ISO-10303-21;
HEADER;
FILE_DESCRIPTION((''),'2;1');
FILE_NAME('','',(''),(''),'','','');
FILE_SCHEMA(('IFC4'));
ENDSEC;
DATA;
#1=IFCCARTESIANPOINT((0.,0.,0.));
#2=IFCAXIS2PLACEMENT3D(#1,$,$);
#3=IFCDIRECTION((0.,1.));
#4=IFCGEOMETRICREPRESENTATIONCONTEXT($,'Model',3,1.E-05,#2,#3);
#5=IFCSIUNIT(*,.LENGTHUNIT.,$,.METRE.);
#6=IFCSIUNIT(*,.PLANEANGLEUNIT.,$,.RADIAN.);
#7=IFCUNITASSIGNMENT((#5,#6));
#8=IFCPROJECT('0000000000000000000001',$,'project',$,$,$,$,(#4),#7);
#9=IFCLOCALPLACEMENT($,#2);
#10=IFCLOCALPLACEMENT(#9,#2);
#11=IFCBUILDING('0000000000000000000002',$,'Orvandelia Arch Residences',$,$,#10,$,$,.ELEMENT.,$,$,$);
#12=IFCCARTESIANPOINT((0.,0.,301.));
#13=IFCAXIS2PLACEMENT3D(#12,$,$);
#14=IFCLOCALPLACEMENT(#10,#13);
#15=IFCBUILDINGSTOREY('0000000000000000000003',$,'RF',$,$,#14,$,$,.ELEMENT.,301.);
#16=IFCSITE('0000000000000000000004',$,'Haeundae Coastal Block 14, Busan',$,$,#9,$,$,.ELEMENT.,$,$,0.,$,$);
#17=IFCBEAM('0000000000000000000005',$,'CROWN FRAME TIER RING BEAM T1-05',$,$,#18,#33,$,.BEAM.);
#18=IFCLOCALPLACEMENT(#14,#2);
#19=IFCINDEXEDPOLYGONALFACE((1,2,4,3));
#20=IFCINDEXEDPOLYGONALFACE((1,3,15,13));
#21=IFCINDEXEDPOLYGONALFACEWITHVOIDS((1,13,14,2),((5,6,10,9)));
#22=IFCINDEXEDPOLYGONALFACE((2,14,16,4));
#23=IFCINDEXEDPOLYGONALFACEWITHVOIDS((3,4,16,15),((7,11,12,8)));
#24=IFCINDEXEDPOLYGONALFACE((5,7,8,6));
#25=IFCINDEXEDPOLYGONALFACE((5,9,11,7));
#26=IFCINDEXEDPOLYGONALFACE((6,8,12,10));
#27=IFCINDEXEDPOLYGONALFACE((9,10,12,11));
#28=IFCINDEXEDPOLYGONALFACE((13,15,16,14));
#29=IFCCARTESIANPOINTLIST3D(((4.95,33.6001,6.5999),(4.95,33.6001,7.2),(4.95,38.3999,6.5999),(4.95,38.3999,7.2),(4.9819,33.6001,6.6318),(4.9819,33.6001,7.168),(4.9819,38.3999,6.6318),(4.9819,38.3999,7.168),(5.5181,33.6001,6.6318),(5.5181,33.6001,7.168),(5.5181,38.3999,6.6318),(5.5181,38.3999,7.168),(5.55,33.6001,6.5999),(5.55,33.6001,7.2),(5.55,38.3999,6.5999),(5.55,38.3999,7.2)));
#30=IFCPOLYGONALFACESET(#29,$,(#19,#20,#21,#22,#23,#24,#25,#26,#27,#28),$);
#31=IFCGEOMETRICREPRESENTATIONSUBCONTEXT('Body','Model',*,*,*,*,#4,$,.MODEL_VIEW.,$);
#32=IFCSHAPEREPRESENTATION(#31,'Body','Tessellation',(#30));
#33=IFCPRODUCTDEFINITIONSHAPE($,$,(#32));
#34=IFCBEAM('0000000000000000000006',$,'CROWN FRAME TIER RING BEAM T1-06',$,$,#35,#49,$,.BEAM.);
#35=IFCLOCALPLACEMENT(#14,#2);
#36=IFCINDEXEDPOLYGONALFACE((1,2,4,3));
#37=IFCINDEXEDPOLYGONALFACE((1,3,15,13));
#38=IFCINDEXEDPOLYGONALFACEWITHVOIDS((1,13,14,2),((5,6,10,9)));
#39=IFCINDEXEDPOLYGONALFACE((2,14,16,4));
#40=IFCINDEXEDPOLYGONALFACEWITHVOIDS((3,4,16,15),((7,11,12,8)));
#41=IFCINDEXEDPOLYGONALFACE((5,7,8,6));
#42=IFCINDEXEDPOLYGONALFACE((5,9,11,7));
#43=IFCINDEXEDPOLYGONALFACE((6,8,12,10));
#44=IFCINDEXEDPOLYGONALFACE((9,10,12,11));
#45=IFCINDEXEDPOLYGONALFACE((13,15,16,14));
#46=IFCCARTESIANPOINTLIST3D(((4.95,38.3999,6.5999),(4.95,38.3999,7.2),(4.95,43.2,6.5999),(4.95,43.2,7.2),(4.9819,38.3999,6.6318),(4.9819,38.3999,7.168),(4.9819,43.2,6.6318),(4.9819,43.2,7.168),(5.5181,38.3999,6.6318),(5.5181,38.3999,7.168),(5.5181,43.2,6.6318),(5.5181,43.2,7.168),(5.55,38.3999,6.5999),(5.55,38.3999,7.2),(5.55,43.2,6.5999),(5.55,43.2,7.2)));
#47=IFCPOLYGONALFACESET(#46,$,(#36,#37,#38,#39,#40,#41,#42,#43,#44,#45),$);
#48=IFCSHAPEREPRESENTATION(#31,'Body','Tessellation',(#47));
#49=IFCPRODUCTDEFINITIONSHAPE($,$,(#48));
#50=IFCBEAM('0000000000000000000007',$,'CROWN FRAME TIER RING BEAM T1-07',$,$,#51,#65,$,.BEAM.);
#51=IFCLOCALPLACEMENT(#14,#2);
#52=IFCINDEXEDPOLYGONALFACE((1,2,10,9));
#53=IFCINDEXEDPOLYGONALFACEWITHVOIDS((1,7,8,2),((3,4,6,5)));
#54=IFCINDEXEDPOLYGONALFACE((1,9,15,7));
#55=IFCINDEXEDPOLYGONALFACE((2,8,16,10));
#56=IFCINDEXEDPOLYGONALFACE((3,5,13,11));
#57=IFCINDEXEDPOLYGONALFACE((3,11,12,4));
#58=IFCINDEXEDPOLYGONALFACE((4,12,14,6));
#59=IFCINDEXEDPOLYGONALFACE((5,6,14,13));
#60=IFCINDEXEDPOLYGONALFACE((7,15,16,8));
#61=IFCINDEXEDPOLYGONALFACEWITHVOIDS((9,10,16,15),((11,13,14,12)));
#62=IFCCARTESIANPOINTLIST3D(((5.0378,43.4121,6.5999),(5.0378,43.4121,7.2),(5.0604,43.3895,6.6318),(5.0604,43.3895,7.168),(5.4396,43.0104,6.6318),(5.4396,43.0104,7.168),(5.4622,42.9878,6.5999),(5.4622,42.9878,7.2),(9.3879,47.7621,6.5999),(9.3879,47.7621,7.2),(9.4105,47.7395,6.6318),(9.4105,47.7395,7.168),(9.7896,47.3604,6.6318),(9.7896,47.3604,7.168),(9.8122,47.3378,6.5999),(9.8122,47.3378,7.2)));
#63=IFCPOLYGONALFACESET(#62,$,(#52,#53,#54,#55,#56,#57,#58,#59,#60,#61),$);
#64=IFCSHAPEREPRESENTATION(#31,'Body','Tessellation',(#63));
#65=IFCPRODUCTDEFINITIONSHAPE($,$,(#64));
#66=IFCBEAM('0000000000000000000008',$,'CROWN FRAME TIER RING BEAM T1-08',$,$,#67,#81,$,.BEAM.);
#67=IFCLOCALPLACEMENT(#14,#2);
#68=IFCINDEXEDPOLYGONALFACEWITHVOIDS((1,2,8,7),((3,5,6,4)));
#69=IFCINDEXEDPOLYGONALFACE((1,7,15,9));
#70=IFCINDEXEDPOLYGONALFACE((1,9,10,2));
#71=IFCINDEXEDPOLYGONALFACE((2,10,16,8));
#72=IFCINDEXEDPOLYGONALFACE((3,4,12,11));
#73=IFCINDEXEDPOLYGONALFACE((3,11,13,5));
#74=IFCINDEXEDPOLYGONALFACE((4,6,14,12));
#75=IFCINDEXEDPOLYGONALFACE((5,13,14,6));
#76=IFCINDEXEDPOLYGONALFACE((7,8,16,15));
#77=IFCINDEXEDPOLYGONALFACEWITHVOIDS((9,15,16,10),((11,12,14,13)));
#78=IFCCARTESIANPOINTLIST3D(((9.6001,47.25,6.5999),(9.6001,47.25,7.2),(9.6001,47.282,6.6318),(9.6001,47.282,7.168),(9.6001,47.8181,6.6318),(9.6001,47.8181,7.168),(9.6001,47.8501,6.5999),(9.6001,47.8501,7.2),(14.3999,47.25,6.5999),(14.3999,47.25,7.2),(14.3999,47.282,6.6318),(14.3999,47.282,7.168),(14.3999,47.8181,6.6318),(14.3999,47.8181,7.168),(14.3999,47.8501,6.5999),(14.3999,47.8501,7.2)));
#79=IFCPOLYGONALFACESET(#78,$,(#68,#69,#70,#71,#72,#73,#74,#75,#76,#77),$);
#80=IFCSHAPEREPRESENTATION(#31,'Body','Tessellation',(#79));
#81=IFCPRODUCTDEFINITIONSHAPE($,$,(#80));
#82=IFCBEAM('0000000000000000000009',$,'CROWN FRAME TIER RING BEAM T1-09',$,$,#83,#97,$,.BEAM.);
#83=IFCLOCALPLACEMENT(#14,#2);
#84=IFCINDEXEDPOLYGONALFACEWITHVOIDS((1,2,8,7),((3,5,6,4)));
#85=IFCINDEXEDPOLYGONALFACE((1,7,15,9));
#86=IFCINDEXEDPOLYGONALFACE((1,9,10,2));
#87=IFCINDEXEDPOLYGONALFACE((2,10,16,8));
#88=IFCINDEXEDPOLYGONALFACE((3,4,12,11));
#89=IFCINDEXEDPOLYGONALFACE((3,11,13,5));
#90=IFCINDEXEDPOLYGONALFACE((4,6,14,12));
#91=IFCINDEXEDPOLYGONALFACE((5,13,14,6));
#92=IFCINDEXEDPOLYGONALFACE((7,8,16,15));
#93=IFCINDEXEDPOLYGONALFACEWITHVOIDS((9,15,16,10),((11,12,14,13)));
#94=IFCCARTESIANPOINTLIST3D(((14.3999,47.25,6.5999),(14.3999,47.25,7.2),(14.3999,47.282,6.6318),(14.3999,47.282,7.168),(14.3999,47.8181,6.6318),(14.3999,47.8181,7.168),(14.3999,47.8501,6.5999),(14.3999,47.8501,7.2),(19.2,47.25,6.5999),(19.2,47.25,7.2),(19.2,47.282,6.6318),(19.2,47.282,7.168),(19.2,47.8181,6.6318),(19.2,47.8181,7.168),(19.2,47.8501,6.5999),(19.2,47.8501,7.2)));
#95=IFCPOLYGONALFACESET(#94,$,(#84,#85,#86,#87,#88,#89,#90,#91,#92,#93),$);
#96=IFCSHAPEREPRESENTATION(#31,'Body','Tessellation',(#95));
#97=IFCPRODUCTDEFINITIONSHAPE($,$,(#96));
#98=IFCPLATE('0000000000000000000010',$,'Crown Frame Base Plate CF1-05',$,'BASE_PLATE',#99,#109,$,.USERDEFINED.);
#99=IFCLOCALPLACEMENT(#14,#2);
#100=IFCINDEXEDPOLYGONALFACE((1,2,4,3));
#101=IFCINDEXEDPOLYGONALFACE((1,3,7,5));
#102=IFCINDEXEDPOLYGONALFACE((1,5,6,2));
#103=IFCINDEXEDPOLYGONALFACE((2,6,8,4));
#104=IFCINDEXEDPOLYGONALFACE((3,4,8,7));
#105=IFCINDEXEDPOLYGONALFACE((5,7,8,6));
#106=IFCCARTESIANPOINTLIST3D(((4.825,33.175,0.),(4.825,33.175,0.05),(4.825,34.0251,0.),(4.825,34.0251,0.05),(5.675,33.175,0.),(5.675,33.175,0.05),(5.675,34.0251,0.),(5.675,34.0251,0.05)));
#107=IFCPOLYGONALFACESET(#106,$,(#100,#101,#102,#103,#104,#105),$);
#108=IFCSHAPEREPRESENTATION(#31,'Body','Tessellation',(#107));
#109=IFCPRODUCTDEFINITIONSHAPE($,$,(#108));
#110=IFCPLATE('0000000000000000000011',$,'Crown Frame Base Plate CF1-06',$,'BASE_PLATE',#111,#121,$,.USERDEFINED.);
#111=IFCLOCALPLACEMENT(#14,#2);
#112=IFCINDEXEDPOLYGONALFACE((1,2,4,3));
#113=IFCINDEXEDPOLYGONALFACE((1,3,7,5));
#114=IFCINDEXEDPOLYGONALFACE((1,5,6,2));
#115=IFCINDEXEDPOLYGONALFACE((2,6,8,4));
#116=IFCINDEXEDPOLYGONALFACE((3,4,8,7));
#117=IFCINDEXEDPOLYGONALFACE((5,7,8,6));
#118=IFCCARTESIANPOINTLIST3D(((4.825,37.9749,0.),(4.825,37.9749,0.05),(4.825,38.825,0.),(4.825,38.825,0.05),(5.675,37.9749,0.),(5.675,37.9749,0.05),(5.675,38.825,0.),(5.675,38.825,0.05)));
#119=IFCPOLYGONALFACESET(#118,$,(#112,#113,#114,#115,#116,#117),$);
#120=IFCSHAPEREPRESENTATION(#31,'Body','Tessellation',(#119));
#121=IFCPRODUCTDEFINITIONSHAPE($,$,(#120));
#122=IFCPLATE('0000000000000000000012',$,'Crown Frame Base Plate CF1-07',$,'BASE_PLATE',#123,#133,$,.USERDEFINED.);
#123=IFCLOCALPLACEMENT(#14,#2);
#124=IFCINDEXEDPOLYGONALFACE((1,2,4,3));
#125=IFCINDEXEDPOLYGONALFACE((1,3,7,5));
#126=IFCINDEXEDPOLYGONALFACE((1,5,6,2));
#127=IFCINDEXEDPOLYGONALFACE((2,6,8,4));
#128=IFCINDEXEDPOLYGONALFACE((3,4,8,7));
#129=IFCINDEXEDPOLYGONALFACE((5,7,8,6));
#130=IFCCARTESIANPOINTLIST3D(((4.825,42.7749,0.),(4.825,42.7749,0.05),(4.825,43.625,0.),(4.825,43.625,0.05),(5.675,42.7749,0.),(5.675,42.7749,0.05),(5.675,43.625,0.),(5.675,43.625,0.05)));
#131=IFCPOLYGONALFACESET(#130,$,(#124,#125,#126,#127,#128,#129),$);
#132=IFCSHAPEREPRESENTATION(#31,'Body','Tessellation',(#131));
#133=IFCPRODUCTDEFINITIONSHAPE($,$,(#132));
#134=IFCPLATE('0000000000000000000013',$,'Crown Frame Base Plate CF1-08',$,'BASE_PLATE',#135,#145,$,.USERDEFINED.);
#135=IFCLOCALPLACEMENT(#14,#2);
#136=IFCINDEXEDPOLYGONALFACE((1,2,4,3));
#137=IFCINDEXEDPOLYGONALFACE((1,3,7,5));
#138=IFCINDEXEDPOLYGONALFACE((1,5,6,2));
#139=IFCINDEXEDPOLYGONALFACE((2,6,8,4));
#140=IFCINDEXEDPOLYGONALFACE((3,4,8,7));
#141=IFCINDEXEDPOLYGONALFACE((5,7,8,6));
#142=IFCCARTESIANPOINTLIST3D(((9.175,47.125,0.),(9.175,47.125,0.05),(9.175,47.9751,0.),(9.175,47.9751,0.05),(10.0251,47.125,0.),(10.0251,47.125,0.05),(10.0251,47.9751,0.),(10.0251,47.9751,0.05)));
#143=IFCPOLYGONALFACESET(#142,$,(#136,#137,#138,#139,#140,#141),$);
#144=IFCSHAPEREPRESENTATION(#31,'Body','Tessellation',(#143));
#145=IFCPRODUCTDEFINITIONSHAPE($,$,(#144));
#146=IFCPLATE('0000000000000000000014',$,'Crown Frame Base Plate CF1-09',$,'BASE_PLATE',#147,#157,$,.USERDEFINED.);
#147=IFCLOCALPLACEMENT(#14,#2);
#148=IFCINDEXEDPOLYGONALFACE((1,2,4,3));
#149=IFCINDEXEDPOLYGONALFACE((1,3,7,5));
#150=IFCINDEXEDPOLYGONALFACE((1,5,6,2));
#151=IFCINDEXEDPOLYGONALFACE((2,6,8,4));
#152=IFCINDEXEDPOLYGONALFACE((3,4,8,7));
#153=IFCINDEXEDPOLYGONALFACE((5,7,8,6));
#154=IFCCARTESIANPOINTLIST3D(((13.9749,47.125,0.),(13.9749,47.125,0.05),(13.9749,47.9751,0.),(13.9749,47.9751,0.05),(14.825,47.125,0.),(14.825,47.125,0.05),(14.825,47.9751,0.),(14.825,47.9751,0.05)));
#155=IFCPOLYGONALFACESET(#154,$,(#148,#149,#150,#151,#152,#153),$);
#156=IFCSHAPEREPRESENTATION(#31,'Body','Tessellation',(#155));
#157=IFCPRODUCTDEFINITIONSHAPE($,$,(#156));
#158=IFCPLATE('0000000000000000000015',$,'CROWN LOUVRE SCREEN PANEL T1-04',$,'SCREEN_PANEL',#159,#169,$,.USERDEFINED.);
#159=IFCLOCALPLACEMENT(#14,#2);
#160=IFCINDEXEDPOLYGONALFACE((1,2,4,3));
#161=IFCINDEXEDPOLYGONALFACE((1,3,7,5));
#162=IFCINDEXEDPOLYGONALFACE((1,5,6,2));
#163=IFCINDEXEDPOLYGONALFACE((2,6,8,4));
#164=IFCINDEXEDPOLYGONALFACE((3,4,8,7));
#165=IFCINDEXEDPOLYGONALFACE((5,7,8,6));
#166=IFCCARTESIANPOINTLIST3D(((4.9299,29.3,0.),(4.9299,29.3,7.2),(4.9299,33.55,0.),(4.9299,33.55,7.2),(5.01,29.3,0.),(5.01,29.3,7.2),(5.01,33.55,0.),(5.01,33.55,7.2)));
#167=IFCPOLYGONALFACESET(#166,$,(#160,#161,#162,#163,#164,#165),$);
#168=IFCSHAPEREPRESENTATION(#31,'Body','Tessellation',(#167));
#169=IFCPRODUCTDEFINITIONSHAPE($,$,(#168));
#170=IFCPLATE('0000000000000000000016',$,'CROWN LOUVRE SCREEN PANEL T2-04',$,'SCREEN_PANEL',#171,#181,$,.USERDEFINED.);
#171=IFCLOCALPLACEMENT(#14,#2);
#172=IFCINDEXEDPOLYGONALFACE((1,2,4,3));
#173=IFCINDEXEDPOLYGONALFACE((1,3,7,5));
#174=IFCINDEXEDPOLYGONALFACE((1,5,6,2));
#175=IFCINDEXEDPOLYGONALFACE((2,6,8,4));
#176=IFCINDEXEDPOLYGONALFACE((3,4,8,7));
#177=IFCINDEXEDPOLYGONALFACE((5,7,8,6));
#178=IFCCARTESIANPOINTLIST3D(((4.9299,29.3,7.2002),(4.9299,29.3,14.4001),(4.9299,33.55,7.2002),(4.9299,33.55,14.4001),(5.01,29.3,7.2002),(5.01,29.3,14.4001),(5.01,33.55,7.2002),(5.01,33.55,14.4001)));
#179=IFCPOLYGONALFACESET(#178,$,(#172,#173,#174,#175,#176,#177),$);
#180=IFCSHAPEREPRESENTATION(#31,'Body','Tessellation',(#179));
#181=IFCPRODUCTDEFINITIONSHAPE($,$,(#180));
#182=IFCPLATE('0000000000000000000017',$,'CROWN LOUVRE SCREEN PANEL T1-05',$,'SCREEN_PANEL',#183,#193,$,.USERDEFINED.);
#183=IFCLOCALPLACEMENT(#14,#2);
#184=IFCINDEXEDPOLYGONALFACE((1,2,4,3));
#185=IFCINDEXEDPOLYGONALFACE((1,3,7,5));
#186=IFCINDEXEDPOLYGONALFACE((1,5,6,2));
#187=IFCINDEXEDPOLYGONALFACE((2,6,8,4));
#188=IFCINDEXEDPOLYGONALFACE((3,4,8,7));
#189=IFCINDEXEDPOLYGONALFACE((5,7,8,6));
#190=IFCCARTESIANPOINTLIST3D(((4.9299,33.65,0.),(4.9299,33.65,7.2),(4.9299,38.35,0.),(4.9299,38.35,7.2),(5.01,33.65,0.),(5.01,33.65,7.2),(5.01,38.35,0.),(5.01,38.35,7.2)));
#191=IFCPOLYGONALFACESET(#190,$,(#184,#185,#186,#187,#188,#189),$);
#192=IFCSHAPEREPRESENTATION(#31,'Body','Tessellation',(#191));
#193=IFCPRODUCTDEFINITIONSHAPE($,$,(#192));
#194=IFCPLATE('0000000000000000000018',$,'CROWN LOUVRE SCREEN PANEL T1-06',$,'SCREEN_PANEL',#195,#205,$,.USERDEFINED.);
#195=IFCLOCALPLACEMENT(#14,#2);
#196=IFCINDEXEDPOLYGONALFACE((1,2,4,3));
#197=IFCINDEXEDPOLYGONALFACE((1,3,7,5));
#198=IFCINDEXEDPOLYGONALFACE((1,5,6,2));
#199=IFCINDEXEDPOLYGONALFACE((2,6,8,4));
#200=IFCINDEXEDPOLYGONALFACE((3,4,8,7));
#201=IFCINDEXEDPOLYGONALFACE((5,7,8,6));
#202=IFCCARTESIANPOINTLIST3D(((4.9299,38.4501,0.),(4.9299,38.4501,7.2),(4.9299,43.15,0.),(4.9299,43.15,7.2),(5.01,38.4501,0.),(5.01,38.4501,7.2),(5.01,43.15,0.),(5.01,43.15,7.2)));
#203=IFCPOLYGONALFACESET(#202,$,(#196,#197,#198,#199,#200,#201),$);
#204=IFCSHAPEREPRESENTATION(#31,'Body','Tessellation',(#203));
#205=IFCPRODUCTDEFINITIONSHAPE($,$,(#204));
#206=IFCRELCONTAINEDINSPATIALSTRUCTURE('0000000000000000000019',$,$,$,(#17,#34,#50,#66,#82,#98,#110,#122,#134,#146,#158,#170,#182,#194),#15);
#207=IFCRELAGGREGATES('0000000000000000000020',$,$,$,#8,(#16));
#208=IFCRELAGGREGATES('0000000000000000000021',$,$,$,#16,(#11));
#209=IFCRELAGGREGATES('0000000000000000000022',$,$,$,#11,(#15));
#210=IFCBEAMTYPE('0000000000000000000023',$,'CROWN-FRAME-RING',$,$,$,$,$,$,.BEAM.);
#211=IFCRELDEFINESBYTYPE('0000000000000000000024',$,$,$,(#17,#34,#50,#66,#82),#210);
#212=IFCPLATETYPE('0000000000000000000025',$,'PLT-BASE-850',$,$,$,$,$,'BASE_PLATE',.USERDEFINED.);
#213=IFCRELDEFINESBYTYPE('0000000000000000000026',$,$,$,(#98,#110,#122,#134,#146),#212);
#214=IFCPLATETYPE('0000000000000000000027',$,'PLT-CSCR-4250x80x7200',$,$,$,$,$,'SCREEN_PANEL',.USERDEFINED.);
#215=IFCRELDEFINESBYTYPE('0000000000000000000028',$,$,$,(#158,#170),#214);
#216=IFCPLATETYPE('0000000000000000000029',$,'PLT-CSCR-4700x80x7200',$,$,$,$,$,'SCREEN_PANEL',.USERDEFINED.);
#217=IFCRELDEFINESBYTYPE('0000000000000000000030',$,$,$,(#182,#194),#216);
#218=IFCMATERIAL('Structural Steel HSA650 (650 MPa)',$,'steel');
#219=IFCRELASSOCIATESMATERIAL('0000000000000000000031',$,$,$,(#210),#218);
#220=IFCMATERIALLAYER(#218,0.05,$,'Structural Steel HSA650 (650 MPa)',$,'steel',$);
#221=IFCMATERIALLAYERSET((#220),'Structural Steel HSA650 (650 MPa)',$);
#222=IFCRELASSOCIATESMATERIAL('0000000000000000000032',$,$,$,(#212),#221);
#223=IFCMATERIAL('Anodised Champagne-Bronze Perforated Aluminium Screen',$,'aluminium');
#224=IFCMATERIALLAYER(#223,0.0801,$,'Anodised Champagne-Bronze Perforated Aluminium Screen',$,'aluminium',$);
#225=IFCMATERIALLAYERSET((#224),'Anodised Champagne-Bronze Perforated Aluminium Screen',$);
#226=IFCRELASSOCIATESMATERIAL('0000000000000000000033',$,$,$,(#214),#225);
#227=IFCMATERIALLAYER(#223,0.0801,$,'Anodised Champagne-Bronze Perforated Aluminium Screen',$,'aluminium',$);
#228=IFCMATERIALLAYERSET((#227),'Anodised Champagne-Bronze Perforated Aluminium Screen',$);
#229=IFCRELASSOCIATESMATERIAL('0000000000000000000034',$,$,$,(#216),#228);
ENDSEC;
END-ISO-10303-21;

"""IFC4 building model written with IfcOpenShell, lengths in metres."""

from ifc_helpers import new_model, si_unit, direction, frame, origin, origin_2d, place, context, subcontext, project, spatial, rectangle, hollow_rectangle, extrude, material, layer, layer_set, material_profile, profile_set, type_object, element, save


model = new_model("IFC4")

# Units and contexts
model_context = context("Model", 3, precision=1e-05, world=origin(), true_north=direction((0.0, 1.0)))
body_context = subcontext(model_context, "Body", "Model", "MODEL_VIEW")
ifc_project = project(units=[si_unit("LENGTHUNIT", "METRE"), si_unit("PLANEANGLEUNIT", "RADIAN")], contexts=[model_context])

# Site, building, storey
site_placement = place(None, origin())
site = spatial("IfcSite", under=ifc_project, at=site_placement, Name="Haeundae Coastal Block 14, Busan", CompositionType="ELEMENT", RefElevation=0.0)
building_placement = place(site_placement, origin())
building = spatial("IfcBuilding", under=site, at=building_placement, Name="Orvandelia Arch Residences", CompositionType="ELEMENT")
storey_placement = place(building_placement, frame((0.0, 0.0, 301.0)))
storey = spatial("IfcBuildingStorey", under=building, at=storey_placement, Name="RF", CompositionType="ELEMENT", Elevation=301.0)

# Shared definitions
ifc_material_1 = material(Name="Structural Steel HSA650 (650 MPa)", Category="steel")

# Beams
ifc_material_profile_1 = material_profile(ifc_material_1, hollow_rectangle(XDim=0.6001, YDim=0.6001, WallThickness=0.032, at=origin_2d()), Name="Structural Steel HSA650 (650 MPa)", Category="steel")
ifc_profile_set_1 = profile_set([ifc_material_profile_1], Name="Structural Steel HSA650 (650 MPa)")
beam_type = type_object("IfcBeamType", Name="CROWN-FRAME-RING", PredefinedType="BEAM", material=ifc_profile_set_1)
beam_1_placement = place(storey_placement, frame((5.25, 33.6001, 6.8999), z_axis=(0.0, 1.0, 0.0), x_axis=(-1.0, 0.0, 0.0)))
element("IfcBeam", 1, at=beam_1_placement, inside=storey, type_object=beam_type, Name="CROWN FRAME TIER RING BEAM T1-05", PredefinedType="BEAM", context=body_context, shape_type="SweptSolid", body=[
    extrude(hollow_rectangle(XDim=0.6001, YDim=0.6001, WallThickness=0.032, at=origin_2d()), origin(), (0.0, 0.0, 1.0), 4.7998),
])
beam_2_placement = place(storey_placement, frame((5.25, 38.3999, 6.8999), z_axis=(0.0, 1.0, 0.0), x_axis=(-1.0, 0.0, 0.0)))
element("IfcBeam", 2, at=beam_2_placement, inside=storey, type_object=beam_type, Name="CROWN FRAME TIER RING BEAM T1-06", PredefinedType="BEAM", context=body_context, shape_type="SweptSolid", body=[
    extrude(hollow_rectangle(XDim=0.6001, YDim=0.6001, WallThickness=0.032, at=origin_2d()), origin(), (0.0, 0.0, 1.0), 4.8),
])
beam_3_placement = place(storey_placement, frame((5.25, 43.2, 6.8999), z_axis=(0.707107, 0.707107, 0.0), x_axis=(-0.707107, 0.707107, 0.0)))
element("IfcBeam", 3, at=beam_3_placement, inside=storey, type_object=beam_type, Name="CROWN FRAME TIER RING BEAM T1-07", PredefinedType="BEAM", context=body_context, shape_type="SweptSolid", body=[
    extrude(hollow_rectangle(XDim=0.6001, YDim=0.6001, WallThickness=0.032, at=origin_2d()), origin(), (0.0, 0.0, 1.0), 6.1519),
])
beam_4_placement = place(storey_placement, frame((9.6001, 47.55, 6.8999), z_axis=(1.0, 0.0, 0.0), x_axis=(0.0, 1.0, 0.0)))
element("IfcBeam", 4, at=beam_4_placement, inside=storey, type_object=beam_type, Name="CROWN FRAME TIER RING BEAM T1-08", PredefinedType="BEAM", context=body_context, shape_type="SweptSolid", body=[
    extrude(hollow_rectangle(XDim=0.6001, YDim=0.6001, WallThickness=0.032, at=origin_2d()), origin(), (0.0, 0.0, 1.0), 4.7998),
])
beam_5_placement = place(storey_placement, frame((14.3999, 47.55, 6.8999), z_axis=(1.0, 0.0, 0.0), x_axis=(0.0, 1.0, 0.0)))
element("IfcBeam", 5, at=beam_5_placement, inside=storey, type_object=beam_type, Name="CROWN FRAME TIER RING BEAM T1-09", PredefinedType="BEAM", context=body_context, shape_type="SweptSolid", body=[
    extrude(hollow_rectangle(XDim=0.6001, YDim=0.6001, WallThickness=0.032, at=origin_2d()), origin(), (0.0, 0.0, 1.0), 4.8),
])

# Plates
ifc_layer_1 = layer(ifc_material_1, 0.05, Name="Structural Steel HSA650 (650 MPa)", Category="steel")
ifc_layer_set_1 = layer_set([ifc_layer_1], Name="Structural Steel HSA650 (650 MPa)")
plate_type_1 = type_object("IfcPlateType", Name="PLT-BASE-850", ElementType="BASE_PLATE", PredefinedType="USERDEFINED", material=ifc_layer_set_1)
for number, where, z_axis, x_axis, name in (
    (6, (5.25, 33.6001, 0.0), (0.0, 0.0, 1.0), (1.0, 0.0, 0.0), "Crown Frame Base Plate CF1-05"),
    (7, (5.25, 38.3999, 0.0), (0.0, 0.0, 1.0), (1.0, 0.0, 0.0), "Crown Frame Base Plate CF1-06"),
    (8, (5.25, 43.2, 0.0), (0.0, 0.0, 1.0), (1.0, 0.0, 0.0), "Crown Frame Base Plate CF1-07"),
    (9, (9.6001, 47.55, 0.0), (0.0, 0.0, 1.0), (1.0, 0.0, 0.0), "Crown Frame Base Plate CF1-08"),
    (10, (14.3999, 47.55, 0.0), (0.0, 0.0, 1.0), (1.0, 0.0, 0.0), "Crown Frame Base Plate CF1-09"),
):
    element("IfcPlate", number, at=place(storey_placement, frame(where, z_axis=z_axis, x_axis=x_axis)), inside=storey, type_object=plate_type_1, Name=name, ObjectType="BASE_PLATE", PredefinedType="USERDEFINED", context=body_context, shape_type="SweptSolid", body=[
        extrude(rectangle(XDim=0.8501, YDim=0.8501, at=origin_2d()), origin(), (0.0, 0.0, 1.0), 0.05),
    ])
ifc_material_2 = material(Name="Anodised Champagne-Bronze Perforated Aluminium Screen", Category="aluminium")
ifc_layer_2 = layer(ifc_material_2, 0.0801, Name="Anodised Champagne-Bronze Perforated Aluminium Screen", Category="aluminium")
ifc_layer_set_2 = layer_set([ifc_layer_2], Name="Anodised Champagne-Bronze Perforated Aluminium Screen")
plate_type_2 = type_object("IfcPlateType", Name="PLT-CSCR-4250x80x7200", ElementType="SCREEN_PANEL", PredefinedType="USERDEFINED", material=ifc_layer_set_2)
for number, where, z_axis, x_axis, name in (
    (11, (4.97, 31.425, 0.0), (0.0, 0.0, 1.0), (0.0, 1.0, 0.0), "CROWN LOUVRE SCREEN PANEL T1-04"),
    (12, (4.97, 31.425, 7.2002), (0.0, 0.0, 1.0), (0.0, 1.0, 0.0), "CROWN LOUVRE SCREEN PANEL T2-04"),
):
    element("IfcPlate", number, at=place(storey_placement, frame(where, z_axis=z_axis, x_axis=x_axis)), inside=storey, type_object=plate_type_2, Name=name, ObjectType="SCREEN_PANEL", PredefinedType="USERDEFINED", context=body_context, shape_type="SweptSolid", body=[
        extrude(rectangle(XDim=4.25, YDim=0.0801, at=origin_2d()), origin(), (0.0, 0.0, 1.0), 7.2),
    ])
ifc_layer_3 = layer(ifc_material_2, 0.0801, Name="Anodised Champagne-Bronze Perforated Aluminium Screen", Category="aluminium")
ifc_layer_set_3 = layer_set([ifc_layer_3], Name="Anodised Champagne-Bronze Perforated Aluminium Screen")
plate_type_3 = type_object("IfcPlateType", Name="PLT-CSCR-4700x80x7200", ElementType="SCREEN_PANEL", PredefinedType="USERDEFINED", material=ifc_layer_set_3)
for number, where, z_axis, x_axis, name in (
    (13, (4.97, 36.0, 0.0), (0.0, 0.0, 1.0), (0.0, 1.0, 0.0), "CROWN LOUVRE SCREEN PANEL T1-05"),
    (14, (4.97, 40.8, 0.0), (0.0, 0.0, 1.0), (0.0, 1.0, 0.0), "CROWN LOUVRE SCREEN PANEL T1-06"),
):
    element("IfcPlate", number, at=place(storey_placement, frame(where, z_axis=z_axis, x_axis=x_axis)), inside=storey, type_object=plate_type_3, Name=name, ObjectType="SCREEN_PANEL", PredefinedType="USERDEFINED", context=body_context, shape_type="SweptSolid", body=[
        extrude(rectangle(XDim=4.7, YDim=0.0801, at=origin_2d()), origin(), (0.0, 0.0, 1.0), 7.2),
    ])

save(model, "model.ifc")
